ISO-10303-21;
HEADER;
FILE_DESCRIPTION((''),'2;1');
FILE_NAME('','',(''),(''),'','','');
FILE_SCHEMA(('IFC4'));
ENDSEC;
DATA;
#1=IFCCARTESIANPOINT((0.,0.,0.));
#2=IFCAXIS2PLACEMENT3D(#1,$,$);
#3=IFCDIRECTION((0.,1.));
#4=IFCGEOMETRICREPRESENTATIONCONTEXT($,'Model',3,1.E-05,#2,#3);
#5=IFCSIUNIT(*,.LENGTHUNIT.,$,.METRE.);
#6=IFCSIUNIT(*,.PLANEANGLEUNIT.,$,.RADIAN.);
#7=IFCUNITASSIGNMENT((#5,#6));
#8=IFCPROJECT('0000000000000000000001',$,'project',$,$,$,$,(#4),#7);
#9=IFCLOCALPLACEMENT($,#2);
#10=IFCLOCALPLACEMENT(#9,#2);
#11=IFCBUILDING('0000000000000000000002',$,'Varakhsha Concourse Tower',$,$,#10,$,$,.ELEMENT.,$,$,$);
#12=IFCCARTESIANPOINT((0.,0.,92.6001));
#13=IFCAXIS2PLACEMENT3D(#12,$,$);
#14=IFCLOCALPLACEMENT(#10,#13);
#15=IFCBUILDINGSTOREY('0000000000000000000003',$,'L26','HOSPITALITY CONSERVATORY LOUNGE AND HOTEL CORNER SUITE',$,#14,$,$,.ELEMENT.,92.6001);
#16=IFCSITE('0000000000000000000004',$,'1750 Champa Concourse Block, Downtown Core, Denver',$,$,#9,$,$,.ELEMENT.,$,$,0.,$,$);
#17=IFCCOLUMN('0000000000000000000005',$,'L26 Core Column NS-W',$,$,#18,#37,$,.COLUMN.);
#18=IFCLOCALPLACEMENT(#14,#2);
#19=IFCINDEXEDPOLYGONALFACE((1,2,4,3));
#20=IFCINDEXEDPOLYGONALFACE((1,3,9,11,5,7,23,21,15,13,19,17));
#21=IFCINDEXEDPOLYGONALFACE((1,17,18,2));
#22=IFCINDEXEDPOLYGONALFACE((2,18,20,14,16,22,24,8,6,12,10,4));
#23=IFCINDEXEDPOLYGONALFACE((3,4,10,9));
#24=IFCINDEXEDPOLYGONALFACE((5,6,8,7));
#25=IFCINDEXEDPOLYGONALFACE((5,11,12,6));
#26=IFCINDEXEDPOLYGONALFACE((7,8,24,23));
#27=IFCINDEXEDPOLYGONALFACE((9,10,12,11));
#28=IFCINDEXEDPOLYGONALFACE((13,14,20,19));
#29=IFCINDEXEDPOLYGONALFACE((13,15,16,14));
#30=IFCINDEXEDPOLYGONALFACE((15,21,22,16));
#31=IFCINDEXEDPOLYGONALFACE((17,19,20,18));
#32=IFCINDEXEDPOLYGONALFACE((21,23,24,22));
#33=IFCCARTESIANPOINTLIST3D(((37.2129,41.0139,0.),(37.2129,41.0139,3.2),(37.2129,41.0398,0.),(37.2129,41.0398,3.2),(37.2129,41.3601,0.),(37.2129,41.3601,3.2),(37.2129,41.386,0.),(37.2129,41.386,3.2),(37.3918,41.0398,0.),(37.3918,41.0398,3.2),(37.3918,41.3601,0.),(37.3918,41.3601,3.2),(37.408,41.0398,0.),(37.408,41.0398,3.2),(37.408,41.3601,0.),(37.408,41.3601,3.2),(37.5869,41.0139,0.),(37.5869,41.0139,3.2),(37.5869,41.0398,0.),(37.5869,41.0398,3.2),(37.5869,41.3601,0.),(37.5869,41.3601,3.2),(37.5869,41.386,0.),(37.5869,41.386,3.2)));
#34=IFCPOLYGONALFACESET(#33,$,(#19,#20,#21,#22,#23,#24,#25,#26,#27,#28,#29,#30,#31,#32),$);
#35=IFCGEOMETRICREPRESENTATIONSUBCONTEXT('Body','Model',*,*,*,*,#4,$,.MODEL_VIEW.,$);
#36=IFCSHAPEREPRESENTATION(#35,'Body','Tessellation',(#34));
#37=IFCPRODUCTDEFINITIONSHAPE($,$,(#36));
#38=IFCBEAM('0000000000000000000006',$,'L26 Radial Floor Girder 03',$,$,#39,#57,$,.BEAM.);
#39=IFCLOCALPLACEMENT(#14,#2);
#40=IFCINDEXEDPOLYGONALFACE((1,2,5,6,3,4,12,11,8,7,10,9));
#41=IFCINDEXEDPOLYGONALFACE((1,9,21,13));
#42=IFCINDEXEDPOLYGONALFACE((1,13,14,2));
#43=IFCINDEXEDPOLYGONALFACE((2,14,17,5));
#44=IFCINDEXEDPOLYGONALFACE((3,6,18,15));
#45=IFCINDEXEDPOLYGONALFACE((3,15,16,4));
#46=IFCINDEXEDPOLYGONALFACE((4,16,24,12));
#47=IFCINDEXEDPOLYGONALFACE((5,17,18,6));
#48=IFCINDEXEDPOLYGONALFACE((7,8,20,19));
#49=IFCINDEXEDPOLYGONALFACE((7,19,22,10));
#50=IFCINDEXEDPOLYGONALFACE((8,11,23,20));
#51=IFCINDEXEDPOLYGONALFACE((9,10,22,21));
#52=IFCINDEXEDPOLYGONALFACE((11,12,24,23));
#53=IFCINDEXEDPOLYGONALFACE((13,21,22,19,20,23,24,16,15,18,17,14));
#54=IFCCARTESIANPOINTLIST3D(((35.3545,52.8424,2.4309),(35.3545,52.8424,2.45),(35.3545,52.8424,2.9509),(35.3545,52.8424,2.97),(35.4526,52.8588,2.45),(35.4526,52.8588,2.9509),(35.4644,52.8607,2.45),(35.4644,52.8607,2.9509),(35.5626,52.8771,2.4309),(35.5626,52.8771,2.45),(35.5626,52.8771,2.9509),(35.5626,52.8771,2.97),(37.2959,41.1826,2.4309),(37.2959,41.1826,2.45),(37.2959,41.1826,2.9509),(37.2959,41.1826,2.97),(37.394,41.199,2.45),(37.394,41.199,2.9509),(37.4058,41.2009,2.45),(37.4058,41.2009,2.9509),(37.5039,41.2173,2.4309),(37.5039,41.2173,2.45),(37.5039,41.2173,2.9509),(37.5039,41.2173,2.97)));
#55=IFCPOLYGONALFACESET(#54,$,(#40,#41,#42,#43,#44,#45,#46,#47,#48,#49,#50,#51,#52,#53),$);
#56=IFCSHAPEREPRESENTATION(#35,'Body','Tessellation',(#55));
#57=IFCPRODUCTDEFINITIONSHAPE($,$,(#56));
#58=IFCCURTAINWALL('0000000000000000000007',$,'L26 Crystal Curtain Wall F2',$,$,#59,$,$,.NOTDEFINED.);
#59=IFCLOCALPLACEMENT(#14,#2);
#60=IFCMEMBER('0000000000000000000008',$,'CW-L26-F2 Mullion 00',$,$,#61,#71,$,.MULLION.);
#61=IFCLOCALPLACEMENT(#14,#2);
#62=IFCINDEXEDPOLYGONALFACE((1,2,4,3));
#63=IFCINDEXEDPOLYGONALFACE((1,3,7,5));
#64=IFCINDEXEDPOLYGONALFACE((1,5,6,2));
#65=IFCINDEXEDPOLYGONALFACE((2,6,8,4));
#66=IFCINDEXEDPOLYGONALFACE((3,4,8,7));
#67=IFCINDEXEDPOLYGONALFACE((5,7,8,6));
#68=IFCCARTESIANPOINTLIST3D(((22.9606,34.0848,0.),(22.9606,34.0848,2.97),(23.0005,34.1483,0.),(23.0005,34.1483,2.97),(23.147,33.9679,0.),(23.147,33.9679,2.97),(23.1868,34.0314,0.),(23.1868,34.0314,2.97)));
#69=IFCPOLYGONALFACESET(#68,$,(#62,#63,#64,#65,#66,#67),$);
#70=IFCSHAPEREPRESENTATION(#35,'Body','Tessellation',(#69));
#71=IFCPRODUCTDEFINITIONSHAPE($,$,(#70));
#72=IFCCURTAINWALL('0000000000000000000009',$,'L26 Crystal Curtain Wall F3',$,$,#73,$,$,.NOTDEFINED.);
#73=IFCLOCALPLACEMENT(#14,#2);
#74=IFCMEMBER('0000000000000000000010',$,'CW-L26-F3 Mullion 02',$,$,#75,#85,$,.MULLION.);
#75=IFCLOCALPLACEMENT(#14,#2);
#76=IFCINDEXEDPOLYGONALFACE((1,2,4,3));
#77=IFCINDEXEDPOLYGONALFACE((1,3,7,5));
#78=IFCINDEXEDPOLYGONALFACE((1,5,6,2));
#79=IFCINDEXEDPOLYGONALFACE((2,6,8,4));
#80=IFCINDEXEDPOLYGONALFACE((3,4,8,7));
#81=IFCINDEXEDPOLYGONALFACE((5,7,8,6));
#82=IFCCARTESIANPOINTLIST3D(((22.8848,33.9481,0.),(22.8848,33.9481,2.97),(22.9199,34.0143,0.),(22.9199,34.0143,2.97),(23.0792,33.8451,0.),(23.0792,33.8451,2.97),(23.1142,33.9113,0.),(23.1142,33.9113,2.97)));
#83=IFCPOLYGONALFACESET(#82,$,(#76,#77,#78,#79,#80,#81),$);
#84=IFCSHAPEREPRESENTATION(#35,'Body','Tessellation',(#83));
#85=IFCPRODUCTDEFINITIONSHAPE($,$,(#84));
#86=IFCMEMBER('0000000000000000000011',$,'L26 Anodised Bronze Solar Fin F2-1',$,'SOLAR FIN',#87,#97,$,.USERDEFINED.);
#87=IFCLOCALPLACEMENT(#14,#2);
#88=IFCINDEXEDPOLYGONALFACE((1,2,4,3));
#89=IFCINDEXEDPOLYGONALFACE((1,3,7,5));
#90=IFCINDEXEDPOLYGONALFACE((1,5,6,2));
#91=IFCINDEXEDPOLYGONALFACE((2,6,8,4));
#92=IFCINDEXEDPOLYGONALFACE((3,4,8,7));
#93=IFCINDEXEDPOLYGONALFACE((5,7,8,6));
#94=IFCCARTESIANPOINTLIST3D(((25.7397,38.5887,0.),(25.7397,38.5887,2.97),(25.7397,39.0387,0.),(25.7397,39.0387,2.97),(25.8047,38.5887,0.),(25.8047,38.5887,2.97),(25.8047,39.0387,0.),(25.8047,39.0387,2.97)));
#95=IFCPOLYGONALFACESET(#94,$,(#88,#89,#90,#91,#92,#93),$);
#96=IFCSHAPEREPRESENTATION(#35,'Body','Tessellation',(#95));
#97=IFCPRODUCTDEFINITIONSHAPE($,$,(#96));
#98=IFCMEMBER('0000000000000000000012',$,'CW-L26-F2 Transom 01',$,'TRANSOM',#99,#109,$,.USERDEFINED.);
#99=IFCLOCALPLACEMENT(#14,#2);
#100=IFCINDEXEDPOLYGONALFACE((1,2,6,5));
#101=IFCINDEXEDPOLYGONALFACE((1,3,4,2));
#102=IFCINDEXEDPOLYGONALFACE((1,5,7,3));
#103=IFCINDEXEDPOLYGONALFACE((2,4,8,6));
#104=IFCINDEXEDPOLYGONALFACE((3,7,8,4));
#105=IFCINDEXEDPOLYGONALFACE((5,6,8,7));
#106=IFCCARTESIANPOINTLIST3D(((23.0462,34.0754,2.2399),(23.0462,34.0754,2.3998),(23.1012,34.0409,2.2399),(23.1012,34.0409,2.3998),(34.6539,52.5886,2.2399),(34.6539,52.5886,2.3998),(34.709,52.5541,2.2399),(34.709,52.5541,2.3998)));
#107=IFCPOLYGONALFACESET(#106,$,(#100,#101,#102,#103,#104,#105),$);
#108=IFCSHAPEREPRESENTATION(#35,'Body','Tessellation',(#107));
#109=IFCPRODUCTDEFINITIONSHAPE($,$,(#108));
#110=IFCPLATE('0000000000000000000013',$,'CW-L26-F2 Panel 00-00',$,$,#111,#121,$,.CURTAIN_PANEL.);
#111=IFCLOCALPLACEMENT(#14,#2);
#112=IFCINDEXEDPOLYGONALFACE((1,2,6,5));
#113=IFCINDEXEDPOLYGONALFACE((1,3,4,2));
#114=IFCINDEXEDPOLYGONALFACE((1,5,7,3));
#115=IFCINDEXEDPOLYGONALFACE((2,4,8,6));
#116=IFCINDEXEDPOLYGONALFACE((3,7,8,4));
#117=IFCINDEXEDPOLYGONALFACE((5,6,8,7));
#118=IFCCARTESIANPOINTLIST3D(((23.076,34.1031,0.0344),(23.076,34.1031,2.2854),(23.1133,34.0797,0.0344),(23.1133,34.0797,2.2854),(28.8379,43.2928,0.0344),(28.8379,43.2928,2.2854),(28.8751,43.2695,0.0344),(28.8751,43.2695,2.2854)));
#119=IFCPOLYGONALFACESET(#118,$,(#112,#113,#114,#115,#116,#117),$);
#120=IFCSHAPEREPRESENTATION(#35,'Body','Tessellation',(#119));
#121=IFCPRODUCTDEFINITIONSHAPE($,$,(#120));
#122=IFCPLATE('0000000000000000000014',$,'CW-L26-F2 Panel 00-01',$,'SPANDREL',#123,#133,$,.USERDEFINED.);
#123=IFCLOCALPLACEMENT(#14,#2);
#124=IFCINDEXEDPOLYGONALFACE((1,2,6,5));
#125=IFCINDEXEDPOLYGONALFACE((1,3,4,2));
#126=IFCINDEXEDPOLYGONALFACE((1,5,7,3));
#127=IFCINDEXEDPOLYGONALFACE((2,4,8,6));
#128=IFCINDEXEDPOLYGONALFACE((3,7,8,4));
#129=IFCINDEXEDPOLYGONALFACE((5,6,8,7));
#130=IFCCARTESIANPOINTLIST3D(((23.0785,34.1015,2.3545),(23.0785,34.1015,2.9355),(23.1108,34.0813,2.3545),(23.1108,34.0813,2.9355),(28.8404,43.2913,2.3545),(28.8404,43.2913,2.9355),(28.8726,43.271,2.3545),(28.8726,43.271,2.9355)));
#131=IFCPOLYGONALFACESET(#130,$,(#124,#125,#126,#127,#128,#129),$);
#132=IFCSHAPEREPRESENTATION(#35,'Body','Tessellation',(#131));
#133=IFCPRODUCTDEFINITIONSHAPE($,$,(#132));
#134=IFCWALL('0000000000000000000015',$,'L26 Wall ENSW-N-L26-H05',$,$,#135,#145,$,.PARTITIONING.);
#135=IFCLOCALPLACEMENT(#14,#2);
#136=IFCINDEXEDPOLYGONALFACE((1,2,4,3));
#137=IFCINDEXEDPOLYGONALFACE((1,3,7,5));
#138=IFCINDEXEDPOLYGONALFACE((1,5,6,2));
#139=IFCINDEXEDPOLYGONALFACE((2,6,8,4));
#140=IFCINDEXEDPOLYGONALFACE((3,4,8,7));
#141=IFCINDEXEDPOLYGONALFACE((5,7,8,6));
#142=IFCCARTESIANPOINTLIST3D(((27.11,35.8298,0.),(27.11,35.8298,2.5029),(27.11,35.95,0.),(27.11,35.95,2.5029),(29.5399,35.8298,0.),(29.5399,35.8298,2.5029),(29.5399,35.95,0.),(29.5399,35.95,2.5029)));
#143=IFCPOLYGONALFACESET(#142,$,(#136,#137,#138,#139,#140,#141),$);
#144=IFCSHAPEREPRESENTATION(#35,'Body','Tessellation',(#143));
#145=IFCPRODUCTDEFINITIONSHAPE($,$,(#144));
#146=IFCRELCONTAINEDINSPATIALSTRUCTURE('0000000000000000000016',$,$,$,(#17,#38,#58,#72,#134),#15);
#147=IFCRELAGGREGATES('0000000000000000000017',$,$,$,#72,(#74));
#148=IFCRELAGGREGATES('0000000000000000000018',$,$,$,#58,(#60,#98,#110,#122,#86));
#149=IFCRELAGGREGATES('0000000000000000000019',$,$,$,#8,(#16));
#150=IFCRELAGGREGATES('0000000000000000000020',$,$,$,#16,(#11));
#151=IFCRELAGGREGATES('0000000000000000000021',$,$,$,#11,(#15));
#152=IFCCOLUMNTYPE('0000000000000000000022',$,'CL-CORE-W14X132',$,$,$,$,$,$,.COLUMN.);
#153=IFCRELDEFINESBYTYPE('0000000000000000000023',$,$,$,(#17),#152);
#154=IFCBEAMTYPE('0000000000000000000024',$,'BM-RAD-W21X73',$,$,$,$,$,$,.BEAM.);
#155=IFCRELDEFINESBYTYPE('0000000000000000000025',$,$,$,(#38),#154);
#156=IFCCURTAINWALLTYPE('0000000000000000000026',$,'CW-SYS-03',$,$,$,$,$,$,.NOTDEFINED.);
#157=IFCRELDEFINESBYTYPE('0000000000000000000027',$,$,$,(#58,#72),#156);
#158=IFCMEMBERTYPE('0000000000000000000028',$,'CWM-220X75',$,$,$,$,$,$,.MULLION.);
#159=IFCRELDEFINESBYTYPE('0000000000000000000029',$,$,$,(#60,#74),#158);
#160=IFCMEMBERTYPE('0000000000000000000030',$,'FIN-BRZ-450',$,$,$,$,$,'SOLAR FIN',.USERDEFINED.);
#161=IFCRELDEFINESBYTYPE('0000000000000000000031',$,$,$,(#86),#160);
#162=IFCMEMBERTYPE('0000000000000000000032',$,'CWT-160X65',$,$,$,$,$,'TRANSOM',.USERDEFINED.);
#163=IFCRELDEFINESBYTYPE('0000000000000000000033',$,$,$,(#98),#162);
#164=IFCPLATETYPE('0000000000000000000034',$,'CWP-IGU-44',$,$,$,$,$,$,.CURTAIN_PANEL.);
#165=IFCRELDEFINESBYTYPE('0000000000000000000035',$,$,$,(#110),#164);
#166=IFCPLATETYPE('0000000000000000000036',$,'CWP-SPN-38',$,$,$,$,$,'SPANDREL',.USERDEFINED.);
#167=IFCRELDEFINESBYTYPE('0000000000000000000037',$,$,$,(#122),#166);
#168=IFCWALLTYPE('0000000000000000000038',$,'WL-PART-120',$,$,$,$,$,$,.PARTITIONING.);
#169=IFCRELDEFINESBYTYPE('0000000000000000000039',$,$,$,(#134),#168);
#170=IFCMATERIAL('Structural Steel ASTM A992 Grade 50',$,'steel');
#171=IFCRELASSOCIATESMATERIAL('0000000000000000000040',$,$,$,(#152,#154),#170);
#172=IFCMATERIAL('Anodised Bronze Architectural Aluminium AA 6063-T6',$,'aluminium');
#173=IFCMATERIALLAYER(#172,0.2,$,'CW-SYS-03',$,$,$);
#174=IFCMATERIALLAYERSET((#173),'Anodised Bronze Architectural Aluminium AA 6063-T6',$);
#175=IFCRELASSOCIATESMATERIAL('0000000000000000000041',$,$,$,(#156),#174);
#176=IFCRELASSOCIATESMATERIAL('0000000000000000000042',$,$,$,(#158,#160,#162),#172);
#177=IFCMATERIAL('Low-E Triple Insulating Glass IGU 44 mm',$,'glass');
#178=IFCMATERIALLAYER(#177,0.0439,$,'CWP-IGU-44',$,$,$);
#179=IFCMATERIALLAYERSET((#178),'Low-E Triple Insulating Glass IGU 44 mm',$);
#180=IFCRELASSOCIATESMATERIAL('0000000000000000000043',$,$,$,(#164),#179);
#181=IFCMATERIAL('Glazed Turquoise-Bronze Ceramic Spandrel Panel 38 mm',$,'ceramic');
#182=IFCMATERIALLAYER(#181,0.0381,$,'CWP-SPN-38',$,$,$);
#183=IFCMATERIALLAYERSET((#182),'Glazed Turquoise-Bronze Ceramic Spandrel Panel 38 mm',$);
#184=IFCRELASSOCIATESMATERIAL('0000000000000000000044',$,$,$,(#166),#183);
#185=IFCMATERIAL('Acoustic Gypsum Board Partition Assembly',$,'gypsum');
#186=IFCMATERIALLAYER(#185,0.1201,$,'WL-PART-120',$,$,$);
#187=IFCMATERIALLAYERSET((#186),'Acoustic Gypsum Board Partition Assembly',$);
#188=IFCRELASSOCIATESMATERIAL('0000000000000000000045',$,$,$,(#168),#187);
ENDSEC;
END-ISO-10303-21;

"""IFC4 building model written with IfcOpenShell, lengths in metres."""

from ifc_helpers import new_model, si_unit, direction, frame, frame_2d, origin, origin_2d, place, context, subcontext, project, spatial, rectangle, i_section, extrude, source, transform, mapped, material, layer, layer_set, material_profile, profile_set, type_object, type_shapes, element, aggregate, save


model = new_model("IFC4")

# Units and contexts
model_context = context("Model", 3, precision=1e-05, world=origin(), true_north=direction((0.0, 1.0)))
body_context = subcontext(model_context, "Body", "Model", "MODEL_VIEW")
ifc_project = project(units=[si_unit("LENGTHUNIT", "METRE"), si_unit("PLANEANGLEUNIT", "RADIAN")], contexts=[model_context])

# Site, building, storey
site_placement = place(None, origin())
site = spatial("IfcSite", under=ifc_project, at=site_placement, Name="1750 Champa Concourse Block, Downtown Core, Denver", CompositionType="ELEMENT", RefElevation=0.0)
building_placement = place(site_placement, origin())
building = spatial("IfcBuilding", under=site, at=building_placement, Name="Varakhsha Concourse Tower", CompositionType="ELEMENT")
storey_placement = place(building_placement, frame((0.0, 0.0, 92.6001)))
storey = spatial("IfcBuildingStorey", under=building, at=storey_placement, Name="L26", Description="HOSPITALITY CONSERVATORY LOUNGE AND HOTEL CORNER SUITE", CompositionType="ELEMENT", Elevation=92.6001)

# Column
ifc_material_1 = material(Name="Structural Steel ASTM A992 Grade 50", Category="steel")
ifc_material_profile_1 = material_profile(ifc_material_1, i_section(OverallWidth=0.374, OverallDepth=0.3721, WebThickness=0.0161, FlangeThickness=0.0259, at=origin_2d()), Name="W14X132")
ifc_profile_set_1 = profile_set([ifc_material_profile_1], Name="Structural Steel ASTM A992 Grade 50")
column_type = type_object("IfcColumnType", Name="CL-CORE-W14X132", PredefinedType="COLUMN", material=ifc_profile_set_1)
column_placement = place(storey_placement, frame((37.3999, 41.2, 0.0), z_axis=(0.0, 0.0, 1.0), x_axis=(1.0, 0.0, 0.0)))
element("IfcColumn", 1, at=column_placement, inside=storey, type_object=column_type, Name="L26 Core Column NS-W", PredefinedType="COLUMN", context=body_context, shape_type="SweptSolid", body=[
    extrude(i_section(OverallWidth=0.374, OverallDepth=0.3721, WebThickness=0.0161, FlangeThickness=0.0259, at=origin_2d()), origin(), (0.0, 0.0, 1.0), 3.2),
])

# Beam
ifc_material_profile_2 = material_profile(ifc_material_1, i_section(OverallWidth=0.2109, OverallDepth=0.5391, WebThickness=0.012, FlangeThickness=0.019, at=origin_2d()), Name="W21X73")
ifc_profile_set_2 = profile_set([ifc_material_profile_2], Name="Structural Steel ASTM A992 Grade 50")
beam_type = type_object("IfcBeamType", Name="BM-RAD-W21X73", PredefinedType="BEAM", material=ifc_profile_set_2)
beam_placement = place(storey_placement, frame((37.3999, 41.2, 2.7004), z_axis=(-0.164242, 0.98642, 0.0), x_axis=(-0.98642, -0.164242, 0.0)))
element("IfcBeam", 2, at=beam_placement, inside=storey, type_object=beam_type, Name="L26 Radial Floor Girder 03", PredefinedType="BEAM", context=body_context, shape_type="SweptSolid", body=[
    extrude(i_section(OverallWidth=0.2109, OverallDepth=0.5391, WebThickness=0.012, FlangeThickness=0.019, at=origin_2d()), origin(), (0.0, 0.0, 1.0), 11.8203),
])

# Curtain walls, members
ifc_material_2 = material(Name="Anodised Bronze Architectural Aluminium AA 6063-T6", Category="aluminium")
ifc_layer_1 = layer(ifc_material_2, 0.2, Name="CW-SYS-03")
ifc_layer_set_1 = layer_set([ifc_layer_1], Name="Anodised Bronze Architectural Aluminium AA 6063-T6")
curtain_wall_type = type_object("IfcCurtainWallType", Name="CW-SYS-03", PredefinedType="NOTDEFINED", material=ifc_layer_set_1)
curtain_wall_1_placement = place(storey_placement, origin())
curtain_wall_1 = element("IfcCurtainWall", 3, at=curtain_wall_1_placement, inside=storey, type_object=curtain_wall_type, Name="L26 Crystal Curtain Wall F2", PredefinedType="NOTDEFINED")
ifc_material_profile_3 = material_profile(ifc_material_2, rectangle(XDim=0.075, YDim=0.22, at=origin_2d()), Name="CWM-220X75")
ifc_profile_set_3 = profile_set([ifc_material_profile_3], Name="Anodised Bronze Architectural Aluminium AA 6063-T6")
member_type_1 = type_object("IfcMemberType", Name="CWM-220X75", PredefinedType="MULLION", material=ifc_profile_set_3)
shared_shape_1 = source(origin(), body_context, "Body", "SweptSolid", [
    extrude(rectangle(XDim=0.075, YDim=0.22, at=origin_2d()), origin(), (0.0, 0.0, 1.0), 2.97),
])
type_shapes(member_type_1, [shared_shape_1])
member_1_placement = place(storey_placement, frame((23.0737, 34.0581, 0.0), z_axis=(0.0, 0.0, 1.0), x_axis=(0.531209, 0.847241, 0.0)))
member_1 = element("IfcMember", 4, at=member_1_placement, type_object=member_type_1, Name="CW-L26-F2 Mullion 00", PredefinedType="MULLION", context=body_context, shape_type="MappedRepresentation", body=[
    mapped(shared_shape_1, transform((0.0, 0.0, 0.0), scale=1.0)),
])
curtain_wall_2_placement = place(storey_placement, origin())
curtain_wall_2 = element("IfcCurtainWall", 5, at=curtain_wall_2_placement, inside=storey, type_object=curtain_wall_type, Name="L26 Crystal Curtain Wall F3", PredefinedType="NOTDEFINED")
member_2_placement = place(storey_placement, frame((22.9995, 33.9297, 0.0), z_axis=(0.0, 0.0, 1.0), x_axis=(0.468124, 0.883663, 0.0)))
member_2 = element("IfcMember", 6, at=member_2_placement, type_object=member_type_1, Name="CW-L26-F3 Mullion 02", PredefinedType="MULLION", context=body_context, shape_type="MappedRepresentation", body=[
    mapped(shared_shape_1, transform((0.0, 0.0, 0.0), scale=1.0)),
])
aggregate(curtain_wall_2, [member_2])

# Members
ifc_material_profile_4 = material_profile(ifc_material_2, rectangle(XDim=0.0649, YDim=0.45, at=origin_2d()), Name="FIN-BRZ-450")
ifc_profile_set_4 = profile_set([ifc_material_profile_4], Name="Anodised Bronze Architectural Aluminium AA 6063-T6")
member_type_2 = type_object("IfcMemberType", Name="FIN-BRZ-450", ElementType="SOLAR FIN", PredefinedType="USERDEFINED", material=ifc_profile_set_4)
shared_shape_2 = source(origin(), body_context, "Body", "SweptSolid", [
    extrude(rectangle(XDim=0.0649, YDim=0.45, at=origin_2d()), origin(), (0.0, 0.0, 1.0), 2.97),
])
type_shapes(member_type_2, [shared_shape_2])
member_3_placement = place(storey_placement, frame((25.7722, 38.8137, 0.0), z_axis=(0.0, 0.0, 1.0), x_axis=(1.0, 0.0, 0.0)))
member_3 = element("IfcMember", 7, at=member_3_placement, type_object=member_type_2, Name="L26 Anodised Bronze Solar Fin F2-1", ObjectType="SOLAR FIN", PredefinedType="USERDEFINED", context=body_context, shape_type="MappedRepresentation", body=[
    mapped(shared_shape_2, transform((0.0, 0.0, 0.0), scale=1.0)),
])
ifc_material_profile_5 = material_profile(ifc_material_2, rectangle(XDim=0.0649, YDim=0.1599, at=origin_2d()), Name="CWT-160X65")
ifc_profile_set_5 = profile_set([ifc_material_profile_5], Name="Anodised Bronze Architectural Aluminium AA 6063-T6")
member_type_3 = type_object("IfcMemberType", Name="CWT-160X65", ElementType="TRANSOM", PredefinedType="USERDEFINED", material=ifc_profile_set_5)
shared_shape_3 = source(origin(), body_context, "Body", "SweptSolid", [
    extrude(rectangle(XDim=0.0649, YDim=0.1599, at=origin_2d()), origin(), (0.0, 0.0, 1.0), 21.8513),
])
type_shapes(member_type_3, [shared_shape_3])
member_4_placement = place(storey_placement, frame((23.0737, 34.0581, 2.3198), z_axis=(0.531214, 0.847238, 0.0), x_axis=(-0.847238, 0.531214, 0.0)))
member_4 = element("IfcMember", 8, at=member_4_placement, type_object=member_type_3, Name="CW-L26-F2 Transom 01", ObjectType="TRANSOM", PredefinedType="USERDEFINED", context=body_context, shape_type="MappedRepresentation", body=[
    mapped(shared_shape_3, transform((0.0, 0.0, 0.0), scale=1.0)),
])

# Plates
ifc_material_3 = material(Name="Low-E Triple Insulating Glass IGU 44 mm", Category="glass")
ifc_layer_2 = layer(ifc_material_3, 0.0439, Name="CWP-IGU-44")
ifc_layer_set_2 = layer_set([ifc_layer_2], Name="Low-E Triple Insulating Glass IGU 44 mm")
plate_type_1 = type_object("IfcPlateType", Name="CWP-IGU-44", PredefinedType="CURTAIN_PANEL", material=ifc_layer_set_2)
shared_shape_4 = source(origin(), body_context, "Body", "SweptSolid", [
    extrude(rectangle(XDim=10.8467, YDim=0.0439, at=origin_2d()), origin(), (0.0, 0.0, 1.0), 2.251),
])
type_shapes(plate_type_1, [shared_shape_4])
plate_1_placement = place(storey_placement, frame((25.9756, 38.6863, 0.0344), z_axis=(0.0, 0.0, 1.0), x_axis=(0.531209, 0.847241, 0.0)))
plate_1 = element("IfcPlate", 9, at=plate_1_placement, type_object=plate_type_1, Name="CW-L26-F2 Panel 00-00", PredefinedType="CURTAIN_PANEL", context=body_context, shape_type="MappedRepresentation", body=[
    mapped(shared_shape_4, transform((0.0, 0.0, 0.0), scale=1.0)),
])
ifc_material_4 = material(Name="Glazed Turquoise-Bronze Ceramic Spandrel Panel 38 mm", Category="ceramic")
ifc_layer_3 = layer(ifc_material_4, 0.0381, Name="CWP-SPN-38")
ifc_layer_set_3 = layer_set([ifc_layer_3], Name="Glazed Turquoise-Bronze Ceramic Spandrel Panel 38 mm")
plate_type_2 = type_object("IfcPlateType", Name="CWP-SPN-38", ElementType="SPANDREL", PredefinedType="USERDEFINED", material=ifc_layer_set_3)
shared_shape_5 = source(origin(), body_context, "Body", "SweptSolid", [
    extrude(rectangle(XDim=10.8467, YDim=0.0381, at=origin_2d()), origin(), (0.0, 0.0, 1.0), 0.5811),
])
type_shapes(plate_type_2, [shared_shape_5])
plate_2_placement = place(storey_placement, frame((25.9756, 38.6863, 2.3545), z_axis=(0.0, 0.0, 1.0), x_axis=(0.531209, 0.847241, 0.0)))
plate_2 = element("IfcPlate", 10, at=plate_2_placement, type_object=plate_type_2, Name="CW-L26-F2 Panel 00-01", ObjectType="SPANDREL", PredefinedType="USERDEFINED", context=body_context, shape_type="MappedRepresentation", body=[
    mapped(shared_shape_5, transform((0.0, 0.0, 0.0), scale=1.0)),
])
aggregate(curtain_wall_1, [member_1, member_4, plate_1, plate_2, member_3])

# Wall
ifc_material_5 = material(Name="Acoustic Gypsum Board Partition Assembly", Category="gypsum")
ifc_layer_4 = layer(ifc_material_5, 0.1201, Name="WL-PART-120")
ifc_layer_set_4 = layer_set([ifc_layer_4], Name="Acoustic Gypsum Board Partition Assembly")
wall_type_1 = type_object("IfcWallType", Name="WL-PART-120", PredefinedType="PARTITIONING", material=ifc_layer_set_4)
wall_1_placement = place(storey_placement, frame((27.1101, 35.8899, 0.0), z_axis=(0.0, 0.0, 1.0), x_axis=(1.0, 0.0, 0.0)))
element("IfcWall", 11, at=wall_1_placement, inside=storey, type_object=wall_type_1, Name="L26 Wall ENSW-N-L26-H05", PredefinedType="PARTITIONING", context=body_context, shape_type="SweptSolid", body=[
    extrude(rectangle(XDim=2.4299, YDim=0.1201, at=frame_2d((1.2148, 0.0))), origin(), (0.0, 0.0, 1.0), 2.5029),
])

save(model, "model.ifc")
